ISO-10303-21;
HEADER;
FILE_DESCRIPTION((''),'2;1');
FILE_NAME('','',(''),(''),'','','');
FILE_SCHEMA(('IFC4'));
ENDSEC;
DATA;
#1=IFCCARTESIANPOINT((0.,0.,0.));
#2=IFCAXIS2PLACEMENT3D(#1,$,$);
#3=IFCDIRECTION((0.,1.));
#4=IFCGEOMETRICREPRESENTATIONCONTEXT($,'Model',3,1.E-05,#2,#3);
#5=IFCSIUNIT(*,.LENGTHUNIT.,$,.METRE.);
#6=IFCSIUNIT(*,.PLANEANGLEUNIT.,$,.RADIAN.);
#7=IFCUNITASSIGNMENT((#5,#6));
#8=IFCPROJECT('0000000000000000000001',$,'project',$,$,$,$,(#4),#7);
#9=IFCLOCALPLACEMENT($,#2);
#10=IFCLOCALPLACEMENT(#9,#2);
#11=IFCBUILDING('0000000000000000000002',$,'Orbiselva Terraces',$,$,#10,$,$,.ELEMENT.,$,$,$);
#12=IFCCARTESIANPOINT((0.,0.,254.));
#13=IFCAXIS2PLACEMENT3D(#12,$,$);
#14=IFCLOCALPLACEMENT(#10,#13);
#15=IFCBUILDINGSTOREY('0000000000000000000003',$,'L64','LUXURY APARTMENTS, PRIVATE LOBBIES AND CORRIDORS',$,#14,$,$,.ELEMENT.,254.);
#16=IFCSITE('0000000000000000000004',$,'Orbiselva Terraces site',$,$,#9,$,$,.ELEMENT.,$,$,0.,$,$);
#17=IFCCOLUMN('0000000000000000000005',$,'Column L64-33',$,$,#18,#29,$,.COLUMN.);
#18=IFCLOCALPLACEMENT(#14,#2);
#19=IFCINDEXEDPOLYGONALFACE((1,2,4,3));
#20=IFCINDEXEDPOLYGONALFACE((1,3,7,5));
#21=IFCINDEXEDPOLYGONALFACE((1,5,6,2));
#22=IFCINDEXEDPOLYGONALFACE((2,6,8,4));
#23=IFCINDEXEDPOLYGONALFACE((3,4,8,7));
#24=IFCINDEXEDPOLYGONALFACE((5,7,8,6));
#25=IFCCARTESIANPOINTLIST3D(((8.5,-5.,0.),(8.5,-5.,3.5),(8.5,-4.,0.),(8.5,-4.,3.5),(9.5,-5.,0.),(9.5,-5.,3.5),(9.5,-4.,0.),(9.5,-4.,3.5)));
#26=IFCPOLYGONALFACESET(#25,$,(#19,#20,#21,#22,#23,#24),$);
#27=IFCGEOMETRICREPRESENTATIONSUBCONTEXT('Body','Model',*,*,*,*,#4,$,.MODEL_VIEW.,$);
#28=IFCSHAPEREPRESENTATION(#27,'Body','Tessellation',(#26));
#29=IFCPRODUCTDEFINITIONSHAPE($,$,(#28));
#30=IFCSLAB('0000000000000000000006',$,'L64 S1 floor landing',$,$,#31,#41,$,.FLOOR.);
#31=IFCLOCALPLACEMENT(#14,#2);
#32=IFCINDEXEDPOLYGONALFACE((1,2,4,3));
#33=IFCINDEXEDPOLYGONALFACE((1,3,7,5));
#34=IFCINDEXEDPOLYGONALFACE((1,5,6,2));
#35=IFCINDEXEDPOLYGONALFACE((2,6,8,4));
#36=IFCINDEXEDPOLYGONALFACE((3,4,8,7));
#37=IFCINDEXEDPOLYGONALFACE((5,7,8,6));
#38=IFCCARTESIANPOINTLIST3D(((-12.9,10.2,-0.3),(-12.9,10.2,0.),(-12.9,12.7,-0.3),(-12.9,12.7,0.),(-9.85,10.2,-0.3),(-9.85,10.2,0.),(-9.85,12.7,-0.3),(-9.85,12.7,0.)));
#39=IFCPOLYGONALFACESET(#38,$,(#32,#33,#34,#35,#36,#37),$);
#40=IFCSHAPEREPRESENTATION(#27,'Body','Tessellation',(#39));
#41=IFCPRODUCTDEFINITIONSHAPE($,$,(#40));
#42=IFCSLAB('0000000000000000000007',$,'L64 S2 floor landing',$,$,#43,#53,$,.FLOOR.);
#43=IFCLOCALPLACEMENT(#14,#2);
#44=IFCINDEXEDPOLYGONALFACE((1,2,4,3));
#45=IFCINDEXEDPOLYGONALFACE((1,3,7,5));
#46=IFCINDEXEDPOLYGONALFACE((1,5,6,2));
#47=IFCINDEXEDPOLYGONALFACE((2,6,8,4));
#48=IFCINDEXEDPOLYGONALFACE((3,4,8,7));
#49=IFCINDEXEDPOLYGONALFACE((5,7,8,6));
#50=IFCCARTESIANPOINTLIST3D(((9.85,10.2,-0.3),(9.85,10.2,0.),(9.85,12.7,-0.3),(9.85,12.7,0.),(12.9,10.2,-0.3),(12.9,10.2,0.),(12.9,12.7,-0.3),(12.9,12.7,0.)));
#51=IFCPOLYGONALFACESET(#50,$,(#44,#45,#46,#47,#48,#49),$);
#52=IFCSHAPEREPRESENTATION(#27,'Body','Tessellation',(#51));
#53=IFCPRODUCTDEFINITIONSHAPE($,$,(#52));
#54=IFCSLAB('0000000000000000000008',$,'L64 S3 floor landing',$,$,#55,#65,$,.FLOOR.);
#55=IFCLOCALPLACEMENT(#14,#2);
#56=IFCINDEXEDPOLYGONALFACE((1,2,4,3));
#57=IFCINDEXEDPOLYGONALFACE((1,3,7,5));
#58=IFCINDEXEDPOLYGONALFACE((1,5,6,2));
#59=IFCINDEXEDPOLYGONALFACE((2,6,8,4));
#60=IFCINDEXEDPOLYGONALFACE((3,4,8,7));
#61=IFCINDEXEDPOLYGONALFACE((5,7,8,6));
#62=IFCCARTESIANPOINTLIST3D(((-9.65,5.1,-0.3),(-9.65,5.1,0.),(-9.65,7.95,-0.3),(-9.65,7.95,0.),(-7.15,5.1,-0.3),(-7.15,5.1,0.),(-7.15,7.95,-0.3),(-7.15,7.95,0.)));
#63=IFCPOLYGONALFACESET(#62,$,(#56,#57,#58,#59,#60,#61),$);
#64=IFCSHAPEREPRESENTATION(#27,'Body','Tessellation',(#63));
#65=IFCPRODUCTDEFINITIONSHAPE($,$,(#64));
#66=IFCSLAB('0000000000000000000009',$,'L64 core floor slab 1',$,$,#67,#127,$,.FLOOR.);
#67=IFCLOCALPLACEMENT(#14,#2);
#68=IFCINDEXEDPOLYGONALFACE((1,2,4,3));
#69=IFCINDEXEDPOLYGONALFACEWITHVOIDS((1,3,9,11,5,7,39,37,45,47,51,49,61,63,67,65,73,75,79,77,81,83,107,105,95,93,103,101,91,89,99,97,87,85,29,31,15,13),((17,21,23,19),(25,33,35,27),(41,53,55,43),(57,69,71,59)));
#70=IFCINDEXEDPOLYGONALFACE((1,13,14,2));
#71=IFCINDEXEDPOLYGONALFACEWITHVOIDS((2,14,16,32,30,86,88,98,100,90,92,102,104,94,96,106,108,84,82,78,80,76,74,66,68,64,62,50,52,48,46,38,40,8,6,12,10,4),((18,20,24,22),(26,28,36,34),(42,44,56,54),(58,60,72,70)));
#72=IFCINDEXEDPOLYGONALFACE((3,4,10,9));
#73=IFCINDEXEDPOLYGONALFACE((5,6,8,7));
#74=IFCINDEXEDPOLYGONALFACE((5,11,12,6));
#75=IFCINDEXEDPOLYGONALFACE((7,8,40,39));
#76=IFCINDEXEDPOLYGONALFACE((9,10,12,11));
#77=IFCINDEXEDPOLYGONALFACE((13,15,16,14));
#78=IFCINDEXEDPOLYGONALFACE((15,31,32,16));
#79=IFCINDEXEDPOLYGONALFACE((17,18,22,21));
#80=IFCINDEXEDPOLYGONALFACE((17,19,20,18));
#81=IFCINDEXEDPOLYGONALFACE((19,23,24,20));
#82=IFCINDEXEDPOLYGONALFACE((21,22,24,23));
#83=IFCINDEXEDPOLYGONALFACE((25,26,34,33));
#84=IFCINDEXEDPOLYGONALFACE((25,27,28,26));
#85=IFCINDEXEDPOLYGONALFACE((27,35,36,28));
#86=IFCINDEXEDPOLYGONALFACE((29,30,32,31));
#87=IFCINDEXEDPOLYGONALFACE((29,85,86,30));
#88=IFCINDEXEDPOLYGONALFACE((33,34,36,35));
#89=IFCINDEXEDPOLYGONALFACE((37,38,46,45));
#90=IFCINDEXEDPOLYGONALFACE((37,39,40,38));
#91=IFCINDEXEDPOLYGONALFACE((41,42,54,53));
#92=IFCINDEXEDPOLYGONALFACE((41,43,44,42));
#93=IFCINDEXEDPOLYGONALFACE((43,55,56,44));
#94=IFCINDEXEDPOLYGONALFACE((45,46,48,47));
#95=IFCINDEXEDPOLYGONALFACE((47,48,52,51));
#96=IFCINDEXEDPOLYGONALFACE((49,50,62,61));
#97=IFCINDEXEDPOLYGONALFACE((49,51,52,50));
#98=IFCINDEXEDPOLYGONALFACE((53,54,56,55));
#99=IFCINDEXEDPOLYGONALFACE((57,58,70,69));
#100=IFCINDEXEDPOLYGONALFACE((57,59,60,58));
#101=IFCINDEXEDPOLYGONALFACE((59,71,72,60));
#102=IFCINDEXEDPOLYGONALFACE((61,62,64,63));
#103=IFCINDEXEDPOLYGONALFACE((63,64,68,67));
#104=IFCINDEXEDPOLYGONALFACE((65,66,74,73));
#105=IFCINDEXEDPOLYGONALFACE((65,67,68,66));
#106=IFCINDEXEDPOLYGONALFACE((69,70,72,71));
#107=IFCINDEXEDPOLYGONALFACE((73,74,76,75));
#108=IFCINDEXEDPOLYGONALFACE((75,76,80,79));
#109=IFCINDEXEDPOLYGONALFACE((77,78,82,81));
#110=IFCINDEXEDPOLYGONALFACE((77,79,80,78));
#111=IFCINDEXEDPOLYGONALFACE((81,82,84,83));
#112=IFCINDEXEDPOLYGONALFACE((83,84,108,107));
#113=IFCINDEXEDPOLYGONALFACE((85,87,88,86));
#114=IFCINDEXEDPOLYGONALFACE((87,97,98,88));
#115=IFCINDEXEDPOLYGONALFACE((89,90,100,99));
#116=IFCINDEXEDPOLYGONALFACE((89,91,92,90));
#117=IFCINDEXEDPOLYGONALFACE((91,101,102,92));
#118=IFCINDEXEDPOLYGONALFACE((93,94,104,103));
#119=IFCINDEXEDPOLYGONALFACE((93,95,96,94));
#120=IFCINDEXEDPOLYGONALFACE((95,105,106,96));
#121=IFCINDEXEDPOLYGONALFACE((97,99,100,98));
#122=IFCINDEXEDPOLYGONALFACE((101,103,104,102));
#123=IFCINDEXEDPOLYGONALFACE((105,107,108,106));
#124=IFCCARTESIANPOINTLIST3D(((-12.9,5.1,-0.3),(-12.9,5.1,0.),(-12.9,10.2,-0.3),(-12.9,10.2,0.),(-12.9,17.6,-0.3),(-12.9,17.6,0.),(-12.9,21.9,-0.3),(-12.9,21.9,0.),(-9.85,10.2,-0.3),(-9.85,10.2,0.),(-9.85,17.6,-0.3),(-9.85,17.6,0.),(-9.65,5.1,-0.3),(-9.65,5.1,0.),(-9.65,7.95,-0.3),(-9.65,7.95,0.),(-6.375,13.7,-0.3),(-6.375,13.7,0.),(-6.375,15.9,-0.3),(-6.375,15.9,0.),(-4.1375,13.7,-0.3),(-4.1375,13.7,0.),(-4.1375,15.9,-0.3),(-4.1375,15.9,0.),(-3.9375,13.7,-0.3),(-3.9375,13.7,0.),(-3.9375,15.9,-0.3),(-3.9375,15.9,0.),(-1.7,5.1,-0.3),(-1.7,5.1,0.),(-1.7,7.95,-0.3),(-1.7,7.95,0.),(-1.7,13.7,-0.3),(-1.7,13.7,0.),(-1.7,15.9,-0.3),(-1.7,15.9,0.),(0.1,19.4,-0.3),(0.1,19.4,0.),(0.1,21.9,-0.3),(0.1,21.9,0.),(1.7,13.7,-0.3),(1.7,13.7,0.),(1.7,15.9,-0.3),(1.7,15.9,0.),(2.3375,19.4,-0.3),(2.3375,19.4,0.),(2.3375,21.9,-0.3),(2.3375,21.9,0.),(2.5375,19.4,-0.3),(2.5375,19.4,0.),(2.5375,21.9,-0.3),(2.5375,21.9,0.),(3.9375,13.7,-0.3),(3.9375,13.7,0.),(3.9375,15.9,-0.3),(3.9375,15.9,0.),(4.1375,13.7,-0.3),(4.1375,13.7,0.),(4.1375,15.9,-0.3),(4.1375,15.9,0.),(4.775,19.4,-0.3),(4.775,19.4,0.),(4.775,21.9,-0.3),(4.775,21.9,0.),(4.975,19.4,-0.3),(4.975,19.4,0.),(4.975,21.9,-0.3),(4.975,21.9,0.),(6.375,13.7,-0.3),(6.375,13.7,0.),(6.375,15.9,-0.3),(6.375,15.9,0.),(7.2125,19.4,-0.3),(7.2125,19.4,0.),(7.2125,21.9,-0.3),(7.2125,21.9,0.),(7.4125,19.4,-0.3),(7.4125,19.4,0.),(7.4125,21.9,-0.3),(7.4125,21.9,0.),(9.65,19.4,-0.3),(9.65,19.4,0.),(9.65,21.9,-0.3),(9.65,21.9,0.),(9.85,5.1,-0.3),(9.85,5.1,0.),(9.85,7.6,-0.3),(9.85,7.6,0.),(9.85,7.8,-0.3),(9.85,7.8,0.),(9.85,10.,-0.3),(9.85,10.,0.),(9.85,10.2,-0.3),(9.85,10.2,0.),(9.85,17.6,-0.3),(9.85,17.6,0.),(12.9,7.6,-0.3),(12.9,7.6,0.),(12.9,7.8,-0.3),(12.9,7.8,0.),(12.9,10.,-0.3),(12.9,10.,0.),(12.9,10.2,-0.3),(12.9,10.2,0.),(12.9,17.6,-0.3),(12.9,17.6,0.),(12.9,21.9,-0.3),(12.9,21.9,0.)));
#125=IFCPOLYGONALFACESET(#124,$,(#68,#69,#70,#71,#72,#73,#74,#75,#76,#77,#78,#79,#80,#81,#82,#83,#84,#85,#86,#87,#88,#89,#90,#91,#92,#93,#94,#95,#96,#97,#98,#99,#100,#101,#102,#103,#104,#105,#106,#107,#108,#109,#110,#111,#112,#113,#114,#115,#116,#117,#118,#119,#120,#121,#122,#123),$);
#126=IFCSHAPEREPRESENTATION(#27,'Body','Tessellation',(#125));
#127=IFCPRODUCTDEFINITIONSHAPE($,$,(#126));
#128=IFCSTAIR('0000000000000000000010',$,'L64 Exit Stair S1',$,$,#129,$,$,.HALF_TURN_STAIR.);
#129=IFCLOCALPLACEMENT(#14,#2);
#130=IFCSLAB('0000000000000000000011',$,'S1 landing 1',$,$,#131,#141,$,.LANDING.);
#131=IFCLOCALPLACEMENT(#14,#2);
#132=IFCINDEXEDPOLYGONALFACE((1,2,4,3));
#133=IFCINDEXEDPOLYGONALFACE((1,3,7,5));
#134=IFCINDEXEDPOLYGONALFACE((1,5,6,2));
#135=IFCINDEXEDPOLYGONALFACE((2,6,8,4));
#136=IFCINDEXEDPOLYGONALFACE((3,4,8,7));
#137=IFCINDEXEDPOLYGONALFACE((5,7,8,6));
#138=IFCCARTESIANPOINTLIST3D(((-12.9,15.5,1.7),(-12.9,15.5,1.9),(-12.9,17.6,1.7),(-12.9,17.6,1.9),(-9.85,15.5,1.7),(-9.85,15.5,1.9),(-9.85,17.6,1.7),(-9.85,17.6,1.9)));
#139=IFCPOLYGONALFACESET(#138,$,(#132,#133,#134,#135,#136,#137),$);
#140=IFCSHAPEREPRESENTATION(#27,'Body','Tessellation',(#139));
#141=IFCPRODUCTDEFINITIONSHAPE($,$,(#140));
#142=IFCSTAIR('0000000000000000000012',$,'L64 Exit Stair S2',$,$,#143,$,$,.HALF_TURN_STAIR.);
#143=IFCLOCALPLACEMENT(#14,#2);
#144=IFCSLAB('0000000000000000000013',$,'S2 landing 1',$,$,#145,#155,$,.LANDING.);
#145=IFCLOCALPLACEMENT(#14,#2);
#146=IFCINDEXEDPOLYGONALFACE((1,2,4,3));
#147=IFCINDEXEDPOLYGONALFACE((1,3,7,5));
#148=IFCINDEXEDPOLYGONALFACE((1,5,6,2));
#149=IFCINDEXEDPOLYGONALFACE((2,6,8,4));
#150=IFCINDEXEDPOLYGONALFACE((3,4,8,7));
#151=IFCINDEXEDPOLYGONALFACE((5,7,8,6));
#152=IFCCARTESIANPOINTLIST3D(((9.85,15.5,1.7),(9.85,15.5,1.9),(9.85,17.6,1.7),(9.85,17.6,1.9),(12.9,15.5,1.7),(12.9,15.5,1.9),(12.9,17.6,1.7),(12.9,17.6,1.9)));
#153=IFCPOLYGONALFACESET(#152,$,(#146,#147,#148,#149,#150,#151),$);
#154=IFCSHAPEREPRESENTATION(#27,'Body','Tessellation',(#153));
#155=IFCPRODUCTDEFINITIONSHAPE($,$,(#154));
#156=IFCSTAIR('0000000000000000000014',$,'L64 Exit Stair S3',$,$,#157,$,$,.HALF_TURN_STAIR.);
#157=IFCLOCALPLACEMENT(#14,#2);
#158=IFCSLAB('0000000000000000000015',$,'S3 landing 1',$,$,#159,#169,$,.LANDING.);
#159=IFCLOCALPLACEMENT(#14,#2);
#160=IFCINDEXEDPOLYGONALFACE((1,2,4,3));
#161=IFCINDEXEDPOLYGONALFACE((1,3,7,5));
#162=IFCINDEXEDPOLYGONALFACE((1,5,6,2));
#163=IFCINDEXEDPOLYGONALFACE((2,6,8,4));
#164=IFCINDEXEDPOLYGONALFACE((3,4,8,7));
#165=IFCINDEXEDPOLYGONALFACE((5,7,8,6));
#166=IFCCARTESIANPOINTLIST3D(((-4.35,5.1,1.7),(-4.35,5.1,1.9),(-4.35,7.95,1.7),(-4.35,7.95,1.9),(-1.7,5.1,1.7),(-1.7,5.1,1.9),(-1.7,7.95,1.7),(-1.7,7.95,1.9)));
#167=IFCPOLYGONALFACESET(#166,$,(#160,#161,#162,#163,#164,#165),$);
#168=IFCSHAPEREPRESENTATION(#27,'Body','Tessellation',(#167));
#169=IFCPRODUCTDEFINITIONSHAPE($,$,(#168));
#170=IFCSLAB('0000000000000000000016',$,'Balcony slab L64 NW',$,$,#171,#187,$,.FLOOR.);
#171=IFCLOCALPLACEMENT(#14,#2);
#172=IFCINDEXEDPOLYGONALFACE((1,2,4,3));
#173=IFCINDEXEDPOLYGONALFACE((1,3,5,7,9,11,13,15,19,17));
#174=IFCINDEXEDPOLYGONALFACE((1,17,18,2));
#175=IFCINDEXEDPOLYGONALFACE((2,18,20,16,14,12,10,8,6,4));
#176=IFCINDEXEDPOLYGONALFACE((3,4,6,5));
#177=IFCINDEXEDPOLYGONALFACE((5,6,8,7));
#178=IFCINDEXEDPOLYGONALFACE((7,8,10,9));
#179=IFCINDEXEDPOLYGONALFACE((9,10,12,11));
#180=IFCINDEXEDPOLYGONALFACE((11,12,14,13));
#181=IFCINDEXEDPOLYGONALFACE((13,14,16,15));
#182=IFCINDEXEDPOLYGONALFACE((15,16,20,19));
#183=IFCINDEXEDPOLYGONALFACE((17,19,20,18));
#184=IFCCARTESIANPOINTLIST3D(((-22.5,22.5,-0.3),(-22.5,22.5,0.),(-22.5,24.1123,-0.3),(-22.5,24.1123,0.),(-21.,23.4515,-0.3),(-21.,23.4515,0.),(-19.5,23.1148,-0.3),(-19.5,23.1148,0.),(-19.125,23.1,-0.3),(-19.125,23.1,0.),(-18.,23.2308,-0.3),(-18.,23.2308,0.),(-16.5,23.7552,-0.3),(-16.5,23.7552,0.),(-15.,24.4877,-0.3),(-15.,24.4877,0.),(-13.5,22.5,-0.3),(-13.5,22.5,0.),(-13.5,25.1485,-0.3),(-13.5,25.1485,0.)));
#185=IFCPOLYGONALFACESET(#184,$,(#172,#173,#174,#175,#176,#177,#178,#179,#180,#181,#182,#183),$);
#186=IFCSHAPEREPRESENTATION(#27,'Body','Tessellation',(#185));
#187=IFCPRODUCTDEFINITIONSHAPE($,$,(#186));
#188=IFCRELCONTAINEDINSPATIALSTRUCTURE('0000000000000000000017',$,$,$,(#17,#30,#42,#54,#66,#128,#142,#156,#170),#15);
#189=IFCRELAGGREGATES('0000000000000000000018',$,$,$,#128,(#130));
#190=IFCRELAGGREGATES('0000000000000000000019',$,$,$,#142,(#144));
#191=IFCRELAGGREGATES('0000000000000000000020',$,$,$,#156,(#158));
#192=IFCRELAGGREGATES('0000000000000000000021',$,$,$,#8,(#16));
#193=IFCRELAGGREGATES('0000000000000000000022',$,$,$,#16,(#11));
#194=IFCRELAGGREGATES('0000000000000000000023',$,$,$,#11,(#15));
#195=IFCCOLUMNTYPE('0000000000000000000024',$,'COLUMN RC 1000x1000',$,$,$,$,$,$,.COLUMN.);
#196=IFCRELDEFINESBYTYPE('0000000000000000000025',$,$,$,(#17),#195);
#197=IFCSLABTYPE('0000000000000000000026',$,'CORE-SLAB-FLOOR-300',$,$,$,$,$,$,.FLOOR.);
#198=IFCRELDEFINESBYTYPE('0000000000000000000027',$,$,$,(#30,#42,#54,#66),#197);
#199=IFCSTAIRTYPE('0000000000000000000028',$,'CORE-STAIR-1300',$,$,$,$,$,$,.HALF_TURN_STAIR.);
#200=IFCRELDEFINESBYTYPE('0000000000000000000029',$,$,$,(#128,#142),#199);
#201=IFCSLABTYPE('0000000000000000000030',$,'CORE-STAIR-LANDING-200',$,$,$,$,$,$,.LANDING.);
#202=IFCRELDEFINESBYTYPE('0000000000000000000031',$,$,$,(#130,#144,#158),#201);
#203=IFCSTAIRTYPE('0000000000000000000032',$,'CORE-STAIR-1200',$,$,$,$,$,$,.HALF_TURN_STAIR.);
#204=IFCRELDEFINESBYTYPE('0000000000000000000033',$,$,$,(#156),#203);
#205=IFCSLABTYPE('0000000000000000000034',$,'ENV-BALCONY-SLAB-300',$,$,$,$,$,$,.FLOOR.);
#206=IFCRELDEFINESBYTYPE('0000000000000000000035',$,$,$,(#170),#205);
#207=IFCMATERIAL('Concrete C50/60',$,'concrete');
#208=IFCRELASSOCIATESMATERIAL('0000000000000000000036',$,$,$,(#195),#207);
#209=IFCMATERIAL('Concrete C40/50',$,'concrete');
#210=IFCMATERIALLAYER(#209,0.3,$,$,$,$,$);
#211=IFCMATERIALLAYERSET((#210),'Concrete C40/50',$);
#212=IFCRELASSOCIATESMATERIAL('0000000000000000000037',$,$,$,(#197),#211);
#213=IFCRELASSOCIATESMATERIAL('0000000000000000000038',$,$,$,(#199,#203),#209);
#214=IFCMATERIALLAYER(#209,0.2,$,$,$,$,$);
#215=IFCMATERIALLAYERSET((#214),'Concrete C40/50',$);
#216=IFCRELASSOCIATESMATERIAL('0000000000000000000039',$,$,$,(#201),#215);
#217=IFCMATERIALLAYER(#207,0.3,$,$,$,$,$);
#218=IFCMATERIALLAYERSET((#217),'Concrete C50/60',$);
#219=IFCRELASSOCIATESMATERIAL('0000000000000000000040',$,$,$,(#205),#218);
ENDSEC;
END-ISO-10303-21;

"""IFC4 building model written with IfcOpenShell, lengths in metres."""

from ifc_helpers import new_model, si_unit, direction, frame, origin, origin_2d, place, context, subcontext, project, spatial, polyline, rectangle, outline, extrude, material, layer, layer_set, material_profile, profile_set, type_object, element, aggregate, save


model = new_model("IFC4")

# Units and contexts
model_context = context("Model", 3, precision=1e-05, world=origin(), true_north=direction((0.0, 1.0)))
body_context = subcontext(model_context, "Body", "Model", "MODEL_VIEW")
ifc_project = project(units=[si_unit("LENGTHUNIT", "METRE"), si_unit("PLANEANGLEUNIT", "RADIAN")], contexts=[model_context])

# Site, building, storey
site_placement = place(None, origin())
site = spatial("IfcSite", under=ifc_project, at=site_placement, Name="Orbiselva Terraces site", CompositionType="ELEMENT", RefElevation=0.0)
building_placement = place(site_placement, origin())
building = spatial("IfcBuilding", under=site, at=building_placement, Name="Orbiselva Terraces", CompositionType="ELEMENT")
storey_placement = place(building_placement, frame((0.0, 0.0, 254.0)))
storey = spatial("IfcBuildingStorey", under=building, at=storey_placement, Name="L64", Description="LUXURY APARTMENTS, PRIVATE LOBBIES AND CORRIDORS", CompositionType="ELEMENT", Elevation=254.0)

# Column
ifc_material_1 = material(Name="Concrete C50/60", Category="concrete")
ifc_material_profile = material_profile(ifc_material_1, rectangle(XDim=1.0, YDim=1.0, at=origin_2d()), Name="RC 1000x1000")
ifc_profile_set = profile_set([ifc_material_profile], Name="Concrete C50/60")
column_type = type_object("IfcColumnType", Name="COLUMN RC 1000x1000", PredefinedType="COLUMN", material=ifc_profile_set)
column_placement = place(storey_placement, frame((9.0, -4.5, 0.0), z_axis=(0.0, 0.0, 1.0), x_axis=(1.0, 0.0, 0.0)))
element("IfcColumn", 1, at=column_placement, inside=storey, type_object=column_type, Name="Column L64-33", PredefinedType="COLUMN", context=body_context, shape_type="SweptSolid", body=[
    extrude(rectangle(XDim=1.0, YDim=1.0, at=origin_2d()), origin(), (0.0, 0.0, 1.0), 3.5),
])

# Slabs
ifc_material_2 = material(Name="Concrete C40/50", Category="concrete")
ifc_layer_1 = layer(ifc_material_2, 0.3)
ifc_layer_set_1 = layer_set([ifc_layer_1], Name="Concrete C40/50")
slab_type_1 = type_object("IfcSlabType", Name="CORE-SLAB-FLOOR-300", PredefinedType="FLOOR", material=ifc_layer_set_1)
slab_1_placement = place(storey_placement, frame((0.0, 0.0, -0.3)))
element("IfcSlab", 2, at=slab_1_placement, inside=storey, type_object=slab_type_1, Name="L64 S1 floor landing", PredefinedType="FLOOR", context=body_context, shape_type="SweptSolid", body=[
    extrude(outline(polyline([(-12.9, 12.7), (-9.85, 12.7), (-9.85, 10.2), (-12.9, 10.2), (-12.9, 12.7)])), origin(), (0.0, 0.0, 1.0), 0.3),
])
slab_2_placement = place(storey_placement, frame((0.0, 0.0, -0.3)))
element("IfcSlab", 3, at=slab_2_placement, inside=storey, type_object=slab_type_1, Name="L64 S2 floor landing", PredefinedType="FLOOR", context=body_context, shape_type="SweptSolid", body=[
    extrude(outline(polyline([(12.9, 12.7), (12.9, 10.2), (9.85, 10.2), (9.85, 12.7), (12.9, 12.7)])), origin(), (0.0, 0.0, 1.0), 0.3),
])
slab_3_placement = place(storey_placement, frame((0.0, 0.0, -0.3)))
element("IfcSlab", 4, at=slab_3_placement, inside=storey, type_object=slab_type_1, Name="L64 S3 floor landing", PredefinedType="FLOOR", context=body_context, shape_type="SweptSolid", body=[
    extrude(outline(polyline([(-7.15, 5.1), (-9.65, 5.1), (-9.65, 7.95), (-7.15, 7.95), (-7.15, 5.1)])), origin(), (0.0, 0.0, 1.0), 0.3),
])
slab_4_placement = place(storey_placement, frame((0.0, 0.0, -0.3)))
element("IfcSlab", 5, at=slab_4_placement, inside=storey, type_object=slab_type_1, Name="L64 core floor slab 1", PredefinedType="FLOOR", context=body_context, shape_type="SweptSolid", body=[
    extrude(outline(polyline([(-1.7, 5.1), (-1.7, 7.95), (-9.65, 7.95), (-9.65, 5.1), (-12.9, 5.1), (-12.9, 10.2), (-9.85, 10.2), (-9.85, 17.6), (-12.9, 17.6), (-12.9, 21.9), (0.1, 21.9), (0.1, 19.4), (2.3375, 19.4), (2.3375, 21.9), (2.5375, 21.9), (2.5375, 19.4), (4.775, 19.4), (4.775, 21.9), (4.975, 21.9), (4.975, 19.4), (7.2125, 19.4), (7.2125, 21.9), (7.4125, 21.9), (7.4125, 19.4), (9.65, 19.4), (9.65, 21.9), (12.9, 21.9), (12.9, 17.6), (9.85, 17.6), (9.85, 10.2), (12.9, 10.2), (12.9, 10.0), (9.85, 10.0), (9.85, 7.8), (12.9, 7.8), (12.9, 7.6), (9.85, 7.6), (9.85, 5.1), (-1.7, 5.1)]), holes=[polyline([(-4.1375, 13.7), (-4.1375, 15.9), (-6.375, 15.9), (-6.375, 13.7), (-4.1375, 13.7)]), polyline([(-1.7, 13.7), (-1.7, 15.9), (-3.9375, 15.9), (-3.9375, 13.7), (-1.7, 13.7)]), polyline([(3.9375, 15.9), (1.7, 15.9), (1.7, 13.7), (3.9375, 13.7), (3.9375, 15.9)]), polyline([(6.375, 13.7), (6.375, 15.9), (4.1375, 15.9), (4.1375, 13.7), (6.375, 13.7)])]), origin(), (0.0, 0.0, 1.0), 0.3),
])

# Stairs, slabs
stair_type_1 = type_object("IfcStairType", Name="CORE-STAIR-1300", PredefinedType="HALF_TURN_STAIR", material=ifc_material_2)
stair_1_placement = place(storey_placement, origin())
stair_1 = element("IfcStair", 6, at=stair_1_placement, inside=storey, type_object=stair_type_1, Name="L64 Exit Stair S1", PredefinedType="HALF_TURN_STAIR")
ifc_layer_2 = layer(ifc_material_2, 0.2)
ifc_layer_set_2 = layer_set([ifc_layer_2], Name="Concrete C40/50")
slab_type_2 = type_object("IfcSlabType", Name="CORE-STAIR-LANDING-200", PredefinedType="LANDING", material=ifc_layer_set_2)
slab_5_placement = place(storey_placement, frame((0.0, 0.0, 1.7)))
slab_5 = element("IfcSlab", 7, at=slab_5_placement, type_object=slab_type_2, Name="S1 landing 1", PredefinedType="LANDING", context=body_context, shape_type="SweptSolid", body=[
    extrude(outline(polyline([(-9.85, 15.5), (-9.85, 17.6), (-12.9, 17.6), (-12.9, 15.5), (-9.85, 15.5)])), origin(), (0.0, 0.0, 1.0), 0.2),
])
aggregate(stair_1, [slab_5])
stair_2_placement = place(storey_placement, origin())
stair_2 = element("IfcStair", 8, at=stair_2_placement, inside=storey, type_object=stair_type_1, Name="L64 Exit Stair S2", PredefinedType="HALF_TURN_STAIR")
slab_6_placement = place(storey_placement, frame((0.0, 0.0, 1.7)))
slab_6 = element("IfcSlab", 9, at=slab_6_placement, type_object=slab_type_2, Name="S2 landing 1", PredefinedType="LANDING", context=body_context, shape_type="SweptSolid", body=[
    extrude(outline(polyline([(12.9, 15.5), (12.9, 17.6), (9.85, 17.6), (9.85, 15.5), (12.9, 15.5)])), origin(), (0.0, 0.0, 1.0), 0.2),
])
aggregate(stair_2, [slab_6])
stair_type_2 = type_object("IfcStairType", Name="CORE-STAIR-1200", PredefinedType="HALF_TURN_STAIR", material=ifc_material_2)
stair_3_placement = place(storey_placement, origin())
stair_3 = element("IfcStair", 10, at=stair_3_placement, inside=storey, type_object=stair_type_2, Name="L64 Exit Stair S3", PredefinedType="HALF_TURN_STAIR")
slab_7_placement = place(storey_placement, frame((0.0, 0.0, 1.7)))
slab_7 = element("IfcSlab", 11, at=slab_7_placement, type_object=slab_type_2, Name="S3 landing 1", PredefinedType="LANDING", context=body_context, shape_type="SweptSolid", body=[
    extrude(outline(polyline([(-4.35, 5.1), (-1.7, 5.1), (-1.7, 7.95), (-4.35, 7.95), (-4.35, 5.1)])), origin(), (0.0, 0.0, 1.0), 0.2),
])
aggregate(stair_3, [slab_7])

# Slab
ifc_layer_3 = layer(ifc_material_1, 0.3)
ifc_layer_set_3 = layer_set([ifc_layer_3], Name="Concrete C50/60")
slab_type_3 = type_object("IfcSlabType", Name="ENV-BALCONY-SLAB-300", PredefinedType="FLOOR", material=ifc_layer_set_3)
slab_8_placement = place(storey_placement, frame((0.0, 0.0, -0.3)))
element("IfcSlab", 12, at=slab_8_placement, inside=storey, type_object=slab_type_3, Name="Balcony slab L64 NW", PredefinedType="FLOOR", context=body_context, shape_type="SweptSolid", body=[
    extrude(outline(polyline([(-13.5, 25.1485), (-15.0, 24.4877), (-16.5, 23.7552), (-18.0, 23.2308), (-19.125, 23.1), (-19.5, 23.1148), (-21.0, 23.4515), (-22.5, 24.1123), (-22.5, 22.5), (-13.5, 22.5), (-13.5, 25.1485)])), origin(), (0.0, 0.0, 1.0), 0.3),
])

save(model, "model.ifc")
